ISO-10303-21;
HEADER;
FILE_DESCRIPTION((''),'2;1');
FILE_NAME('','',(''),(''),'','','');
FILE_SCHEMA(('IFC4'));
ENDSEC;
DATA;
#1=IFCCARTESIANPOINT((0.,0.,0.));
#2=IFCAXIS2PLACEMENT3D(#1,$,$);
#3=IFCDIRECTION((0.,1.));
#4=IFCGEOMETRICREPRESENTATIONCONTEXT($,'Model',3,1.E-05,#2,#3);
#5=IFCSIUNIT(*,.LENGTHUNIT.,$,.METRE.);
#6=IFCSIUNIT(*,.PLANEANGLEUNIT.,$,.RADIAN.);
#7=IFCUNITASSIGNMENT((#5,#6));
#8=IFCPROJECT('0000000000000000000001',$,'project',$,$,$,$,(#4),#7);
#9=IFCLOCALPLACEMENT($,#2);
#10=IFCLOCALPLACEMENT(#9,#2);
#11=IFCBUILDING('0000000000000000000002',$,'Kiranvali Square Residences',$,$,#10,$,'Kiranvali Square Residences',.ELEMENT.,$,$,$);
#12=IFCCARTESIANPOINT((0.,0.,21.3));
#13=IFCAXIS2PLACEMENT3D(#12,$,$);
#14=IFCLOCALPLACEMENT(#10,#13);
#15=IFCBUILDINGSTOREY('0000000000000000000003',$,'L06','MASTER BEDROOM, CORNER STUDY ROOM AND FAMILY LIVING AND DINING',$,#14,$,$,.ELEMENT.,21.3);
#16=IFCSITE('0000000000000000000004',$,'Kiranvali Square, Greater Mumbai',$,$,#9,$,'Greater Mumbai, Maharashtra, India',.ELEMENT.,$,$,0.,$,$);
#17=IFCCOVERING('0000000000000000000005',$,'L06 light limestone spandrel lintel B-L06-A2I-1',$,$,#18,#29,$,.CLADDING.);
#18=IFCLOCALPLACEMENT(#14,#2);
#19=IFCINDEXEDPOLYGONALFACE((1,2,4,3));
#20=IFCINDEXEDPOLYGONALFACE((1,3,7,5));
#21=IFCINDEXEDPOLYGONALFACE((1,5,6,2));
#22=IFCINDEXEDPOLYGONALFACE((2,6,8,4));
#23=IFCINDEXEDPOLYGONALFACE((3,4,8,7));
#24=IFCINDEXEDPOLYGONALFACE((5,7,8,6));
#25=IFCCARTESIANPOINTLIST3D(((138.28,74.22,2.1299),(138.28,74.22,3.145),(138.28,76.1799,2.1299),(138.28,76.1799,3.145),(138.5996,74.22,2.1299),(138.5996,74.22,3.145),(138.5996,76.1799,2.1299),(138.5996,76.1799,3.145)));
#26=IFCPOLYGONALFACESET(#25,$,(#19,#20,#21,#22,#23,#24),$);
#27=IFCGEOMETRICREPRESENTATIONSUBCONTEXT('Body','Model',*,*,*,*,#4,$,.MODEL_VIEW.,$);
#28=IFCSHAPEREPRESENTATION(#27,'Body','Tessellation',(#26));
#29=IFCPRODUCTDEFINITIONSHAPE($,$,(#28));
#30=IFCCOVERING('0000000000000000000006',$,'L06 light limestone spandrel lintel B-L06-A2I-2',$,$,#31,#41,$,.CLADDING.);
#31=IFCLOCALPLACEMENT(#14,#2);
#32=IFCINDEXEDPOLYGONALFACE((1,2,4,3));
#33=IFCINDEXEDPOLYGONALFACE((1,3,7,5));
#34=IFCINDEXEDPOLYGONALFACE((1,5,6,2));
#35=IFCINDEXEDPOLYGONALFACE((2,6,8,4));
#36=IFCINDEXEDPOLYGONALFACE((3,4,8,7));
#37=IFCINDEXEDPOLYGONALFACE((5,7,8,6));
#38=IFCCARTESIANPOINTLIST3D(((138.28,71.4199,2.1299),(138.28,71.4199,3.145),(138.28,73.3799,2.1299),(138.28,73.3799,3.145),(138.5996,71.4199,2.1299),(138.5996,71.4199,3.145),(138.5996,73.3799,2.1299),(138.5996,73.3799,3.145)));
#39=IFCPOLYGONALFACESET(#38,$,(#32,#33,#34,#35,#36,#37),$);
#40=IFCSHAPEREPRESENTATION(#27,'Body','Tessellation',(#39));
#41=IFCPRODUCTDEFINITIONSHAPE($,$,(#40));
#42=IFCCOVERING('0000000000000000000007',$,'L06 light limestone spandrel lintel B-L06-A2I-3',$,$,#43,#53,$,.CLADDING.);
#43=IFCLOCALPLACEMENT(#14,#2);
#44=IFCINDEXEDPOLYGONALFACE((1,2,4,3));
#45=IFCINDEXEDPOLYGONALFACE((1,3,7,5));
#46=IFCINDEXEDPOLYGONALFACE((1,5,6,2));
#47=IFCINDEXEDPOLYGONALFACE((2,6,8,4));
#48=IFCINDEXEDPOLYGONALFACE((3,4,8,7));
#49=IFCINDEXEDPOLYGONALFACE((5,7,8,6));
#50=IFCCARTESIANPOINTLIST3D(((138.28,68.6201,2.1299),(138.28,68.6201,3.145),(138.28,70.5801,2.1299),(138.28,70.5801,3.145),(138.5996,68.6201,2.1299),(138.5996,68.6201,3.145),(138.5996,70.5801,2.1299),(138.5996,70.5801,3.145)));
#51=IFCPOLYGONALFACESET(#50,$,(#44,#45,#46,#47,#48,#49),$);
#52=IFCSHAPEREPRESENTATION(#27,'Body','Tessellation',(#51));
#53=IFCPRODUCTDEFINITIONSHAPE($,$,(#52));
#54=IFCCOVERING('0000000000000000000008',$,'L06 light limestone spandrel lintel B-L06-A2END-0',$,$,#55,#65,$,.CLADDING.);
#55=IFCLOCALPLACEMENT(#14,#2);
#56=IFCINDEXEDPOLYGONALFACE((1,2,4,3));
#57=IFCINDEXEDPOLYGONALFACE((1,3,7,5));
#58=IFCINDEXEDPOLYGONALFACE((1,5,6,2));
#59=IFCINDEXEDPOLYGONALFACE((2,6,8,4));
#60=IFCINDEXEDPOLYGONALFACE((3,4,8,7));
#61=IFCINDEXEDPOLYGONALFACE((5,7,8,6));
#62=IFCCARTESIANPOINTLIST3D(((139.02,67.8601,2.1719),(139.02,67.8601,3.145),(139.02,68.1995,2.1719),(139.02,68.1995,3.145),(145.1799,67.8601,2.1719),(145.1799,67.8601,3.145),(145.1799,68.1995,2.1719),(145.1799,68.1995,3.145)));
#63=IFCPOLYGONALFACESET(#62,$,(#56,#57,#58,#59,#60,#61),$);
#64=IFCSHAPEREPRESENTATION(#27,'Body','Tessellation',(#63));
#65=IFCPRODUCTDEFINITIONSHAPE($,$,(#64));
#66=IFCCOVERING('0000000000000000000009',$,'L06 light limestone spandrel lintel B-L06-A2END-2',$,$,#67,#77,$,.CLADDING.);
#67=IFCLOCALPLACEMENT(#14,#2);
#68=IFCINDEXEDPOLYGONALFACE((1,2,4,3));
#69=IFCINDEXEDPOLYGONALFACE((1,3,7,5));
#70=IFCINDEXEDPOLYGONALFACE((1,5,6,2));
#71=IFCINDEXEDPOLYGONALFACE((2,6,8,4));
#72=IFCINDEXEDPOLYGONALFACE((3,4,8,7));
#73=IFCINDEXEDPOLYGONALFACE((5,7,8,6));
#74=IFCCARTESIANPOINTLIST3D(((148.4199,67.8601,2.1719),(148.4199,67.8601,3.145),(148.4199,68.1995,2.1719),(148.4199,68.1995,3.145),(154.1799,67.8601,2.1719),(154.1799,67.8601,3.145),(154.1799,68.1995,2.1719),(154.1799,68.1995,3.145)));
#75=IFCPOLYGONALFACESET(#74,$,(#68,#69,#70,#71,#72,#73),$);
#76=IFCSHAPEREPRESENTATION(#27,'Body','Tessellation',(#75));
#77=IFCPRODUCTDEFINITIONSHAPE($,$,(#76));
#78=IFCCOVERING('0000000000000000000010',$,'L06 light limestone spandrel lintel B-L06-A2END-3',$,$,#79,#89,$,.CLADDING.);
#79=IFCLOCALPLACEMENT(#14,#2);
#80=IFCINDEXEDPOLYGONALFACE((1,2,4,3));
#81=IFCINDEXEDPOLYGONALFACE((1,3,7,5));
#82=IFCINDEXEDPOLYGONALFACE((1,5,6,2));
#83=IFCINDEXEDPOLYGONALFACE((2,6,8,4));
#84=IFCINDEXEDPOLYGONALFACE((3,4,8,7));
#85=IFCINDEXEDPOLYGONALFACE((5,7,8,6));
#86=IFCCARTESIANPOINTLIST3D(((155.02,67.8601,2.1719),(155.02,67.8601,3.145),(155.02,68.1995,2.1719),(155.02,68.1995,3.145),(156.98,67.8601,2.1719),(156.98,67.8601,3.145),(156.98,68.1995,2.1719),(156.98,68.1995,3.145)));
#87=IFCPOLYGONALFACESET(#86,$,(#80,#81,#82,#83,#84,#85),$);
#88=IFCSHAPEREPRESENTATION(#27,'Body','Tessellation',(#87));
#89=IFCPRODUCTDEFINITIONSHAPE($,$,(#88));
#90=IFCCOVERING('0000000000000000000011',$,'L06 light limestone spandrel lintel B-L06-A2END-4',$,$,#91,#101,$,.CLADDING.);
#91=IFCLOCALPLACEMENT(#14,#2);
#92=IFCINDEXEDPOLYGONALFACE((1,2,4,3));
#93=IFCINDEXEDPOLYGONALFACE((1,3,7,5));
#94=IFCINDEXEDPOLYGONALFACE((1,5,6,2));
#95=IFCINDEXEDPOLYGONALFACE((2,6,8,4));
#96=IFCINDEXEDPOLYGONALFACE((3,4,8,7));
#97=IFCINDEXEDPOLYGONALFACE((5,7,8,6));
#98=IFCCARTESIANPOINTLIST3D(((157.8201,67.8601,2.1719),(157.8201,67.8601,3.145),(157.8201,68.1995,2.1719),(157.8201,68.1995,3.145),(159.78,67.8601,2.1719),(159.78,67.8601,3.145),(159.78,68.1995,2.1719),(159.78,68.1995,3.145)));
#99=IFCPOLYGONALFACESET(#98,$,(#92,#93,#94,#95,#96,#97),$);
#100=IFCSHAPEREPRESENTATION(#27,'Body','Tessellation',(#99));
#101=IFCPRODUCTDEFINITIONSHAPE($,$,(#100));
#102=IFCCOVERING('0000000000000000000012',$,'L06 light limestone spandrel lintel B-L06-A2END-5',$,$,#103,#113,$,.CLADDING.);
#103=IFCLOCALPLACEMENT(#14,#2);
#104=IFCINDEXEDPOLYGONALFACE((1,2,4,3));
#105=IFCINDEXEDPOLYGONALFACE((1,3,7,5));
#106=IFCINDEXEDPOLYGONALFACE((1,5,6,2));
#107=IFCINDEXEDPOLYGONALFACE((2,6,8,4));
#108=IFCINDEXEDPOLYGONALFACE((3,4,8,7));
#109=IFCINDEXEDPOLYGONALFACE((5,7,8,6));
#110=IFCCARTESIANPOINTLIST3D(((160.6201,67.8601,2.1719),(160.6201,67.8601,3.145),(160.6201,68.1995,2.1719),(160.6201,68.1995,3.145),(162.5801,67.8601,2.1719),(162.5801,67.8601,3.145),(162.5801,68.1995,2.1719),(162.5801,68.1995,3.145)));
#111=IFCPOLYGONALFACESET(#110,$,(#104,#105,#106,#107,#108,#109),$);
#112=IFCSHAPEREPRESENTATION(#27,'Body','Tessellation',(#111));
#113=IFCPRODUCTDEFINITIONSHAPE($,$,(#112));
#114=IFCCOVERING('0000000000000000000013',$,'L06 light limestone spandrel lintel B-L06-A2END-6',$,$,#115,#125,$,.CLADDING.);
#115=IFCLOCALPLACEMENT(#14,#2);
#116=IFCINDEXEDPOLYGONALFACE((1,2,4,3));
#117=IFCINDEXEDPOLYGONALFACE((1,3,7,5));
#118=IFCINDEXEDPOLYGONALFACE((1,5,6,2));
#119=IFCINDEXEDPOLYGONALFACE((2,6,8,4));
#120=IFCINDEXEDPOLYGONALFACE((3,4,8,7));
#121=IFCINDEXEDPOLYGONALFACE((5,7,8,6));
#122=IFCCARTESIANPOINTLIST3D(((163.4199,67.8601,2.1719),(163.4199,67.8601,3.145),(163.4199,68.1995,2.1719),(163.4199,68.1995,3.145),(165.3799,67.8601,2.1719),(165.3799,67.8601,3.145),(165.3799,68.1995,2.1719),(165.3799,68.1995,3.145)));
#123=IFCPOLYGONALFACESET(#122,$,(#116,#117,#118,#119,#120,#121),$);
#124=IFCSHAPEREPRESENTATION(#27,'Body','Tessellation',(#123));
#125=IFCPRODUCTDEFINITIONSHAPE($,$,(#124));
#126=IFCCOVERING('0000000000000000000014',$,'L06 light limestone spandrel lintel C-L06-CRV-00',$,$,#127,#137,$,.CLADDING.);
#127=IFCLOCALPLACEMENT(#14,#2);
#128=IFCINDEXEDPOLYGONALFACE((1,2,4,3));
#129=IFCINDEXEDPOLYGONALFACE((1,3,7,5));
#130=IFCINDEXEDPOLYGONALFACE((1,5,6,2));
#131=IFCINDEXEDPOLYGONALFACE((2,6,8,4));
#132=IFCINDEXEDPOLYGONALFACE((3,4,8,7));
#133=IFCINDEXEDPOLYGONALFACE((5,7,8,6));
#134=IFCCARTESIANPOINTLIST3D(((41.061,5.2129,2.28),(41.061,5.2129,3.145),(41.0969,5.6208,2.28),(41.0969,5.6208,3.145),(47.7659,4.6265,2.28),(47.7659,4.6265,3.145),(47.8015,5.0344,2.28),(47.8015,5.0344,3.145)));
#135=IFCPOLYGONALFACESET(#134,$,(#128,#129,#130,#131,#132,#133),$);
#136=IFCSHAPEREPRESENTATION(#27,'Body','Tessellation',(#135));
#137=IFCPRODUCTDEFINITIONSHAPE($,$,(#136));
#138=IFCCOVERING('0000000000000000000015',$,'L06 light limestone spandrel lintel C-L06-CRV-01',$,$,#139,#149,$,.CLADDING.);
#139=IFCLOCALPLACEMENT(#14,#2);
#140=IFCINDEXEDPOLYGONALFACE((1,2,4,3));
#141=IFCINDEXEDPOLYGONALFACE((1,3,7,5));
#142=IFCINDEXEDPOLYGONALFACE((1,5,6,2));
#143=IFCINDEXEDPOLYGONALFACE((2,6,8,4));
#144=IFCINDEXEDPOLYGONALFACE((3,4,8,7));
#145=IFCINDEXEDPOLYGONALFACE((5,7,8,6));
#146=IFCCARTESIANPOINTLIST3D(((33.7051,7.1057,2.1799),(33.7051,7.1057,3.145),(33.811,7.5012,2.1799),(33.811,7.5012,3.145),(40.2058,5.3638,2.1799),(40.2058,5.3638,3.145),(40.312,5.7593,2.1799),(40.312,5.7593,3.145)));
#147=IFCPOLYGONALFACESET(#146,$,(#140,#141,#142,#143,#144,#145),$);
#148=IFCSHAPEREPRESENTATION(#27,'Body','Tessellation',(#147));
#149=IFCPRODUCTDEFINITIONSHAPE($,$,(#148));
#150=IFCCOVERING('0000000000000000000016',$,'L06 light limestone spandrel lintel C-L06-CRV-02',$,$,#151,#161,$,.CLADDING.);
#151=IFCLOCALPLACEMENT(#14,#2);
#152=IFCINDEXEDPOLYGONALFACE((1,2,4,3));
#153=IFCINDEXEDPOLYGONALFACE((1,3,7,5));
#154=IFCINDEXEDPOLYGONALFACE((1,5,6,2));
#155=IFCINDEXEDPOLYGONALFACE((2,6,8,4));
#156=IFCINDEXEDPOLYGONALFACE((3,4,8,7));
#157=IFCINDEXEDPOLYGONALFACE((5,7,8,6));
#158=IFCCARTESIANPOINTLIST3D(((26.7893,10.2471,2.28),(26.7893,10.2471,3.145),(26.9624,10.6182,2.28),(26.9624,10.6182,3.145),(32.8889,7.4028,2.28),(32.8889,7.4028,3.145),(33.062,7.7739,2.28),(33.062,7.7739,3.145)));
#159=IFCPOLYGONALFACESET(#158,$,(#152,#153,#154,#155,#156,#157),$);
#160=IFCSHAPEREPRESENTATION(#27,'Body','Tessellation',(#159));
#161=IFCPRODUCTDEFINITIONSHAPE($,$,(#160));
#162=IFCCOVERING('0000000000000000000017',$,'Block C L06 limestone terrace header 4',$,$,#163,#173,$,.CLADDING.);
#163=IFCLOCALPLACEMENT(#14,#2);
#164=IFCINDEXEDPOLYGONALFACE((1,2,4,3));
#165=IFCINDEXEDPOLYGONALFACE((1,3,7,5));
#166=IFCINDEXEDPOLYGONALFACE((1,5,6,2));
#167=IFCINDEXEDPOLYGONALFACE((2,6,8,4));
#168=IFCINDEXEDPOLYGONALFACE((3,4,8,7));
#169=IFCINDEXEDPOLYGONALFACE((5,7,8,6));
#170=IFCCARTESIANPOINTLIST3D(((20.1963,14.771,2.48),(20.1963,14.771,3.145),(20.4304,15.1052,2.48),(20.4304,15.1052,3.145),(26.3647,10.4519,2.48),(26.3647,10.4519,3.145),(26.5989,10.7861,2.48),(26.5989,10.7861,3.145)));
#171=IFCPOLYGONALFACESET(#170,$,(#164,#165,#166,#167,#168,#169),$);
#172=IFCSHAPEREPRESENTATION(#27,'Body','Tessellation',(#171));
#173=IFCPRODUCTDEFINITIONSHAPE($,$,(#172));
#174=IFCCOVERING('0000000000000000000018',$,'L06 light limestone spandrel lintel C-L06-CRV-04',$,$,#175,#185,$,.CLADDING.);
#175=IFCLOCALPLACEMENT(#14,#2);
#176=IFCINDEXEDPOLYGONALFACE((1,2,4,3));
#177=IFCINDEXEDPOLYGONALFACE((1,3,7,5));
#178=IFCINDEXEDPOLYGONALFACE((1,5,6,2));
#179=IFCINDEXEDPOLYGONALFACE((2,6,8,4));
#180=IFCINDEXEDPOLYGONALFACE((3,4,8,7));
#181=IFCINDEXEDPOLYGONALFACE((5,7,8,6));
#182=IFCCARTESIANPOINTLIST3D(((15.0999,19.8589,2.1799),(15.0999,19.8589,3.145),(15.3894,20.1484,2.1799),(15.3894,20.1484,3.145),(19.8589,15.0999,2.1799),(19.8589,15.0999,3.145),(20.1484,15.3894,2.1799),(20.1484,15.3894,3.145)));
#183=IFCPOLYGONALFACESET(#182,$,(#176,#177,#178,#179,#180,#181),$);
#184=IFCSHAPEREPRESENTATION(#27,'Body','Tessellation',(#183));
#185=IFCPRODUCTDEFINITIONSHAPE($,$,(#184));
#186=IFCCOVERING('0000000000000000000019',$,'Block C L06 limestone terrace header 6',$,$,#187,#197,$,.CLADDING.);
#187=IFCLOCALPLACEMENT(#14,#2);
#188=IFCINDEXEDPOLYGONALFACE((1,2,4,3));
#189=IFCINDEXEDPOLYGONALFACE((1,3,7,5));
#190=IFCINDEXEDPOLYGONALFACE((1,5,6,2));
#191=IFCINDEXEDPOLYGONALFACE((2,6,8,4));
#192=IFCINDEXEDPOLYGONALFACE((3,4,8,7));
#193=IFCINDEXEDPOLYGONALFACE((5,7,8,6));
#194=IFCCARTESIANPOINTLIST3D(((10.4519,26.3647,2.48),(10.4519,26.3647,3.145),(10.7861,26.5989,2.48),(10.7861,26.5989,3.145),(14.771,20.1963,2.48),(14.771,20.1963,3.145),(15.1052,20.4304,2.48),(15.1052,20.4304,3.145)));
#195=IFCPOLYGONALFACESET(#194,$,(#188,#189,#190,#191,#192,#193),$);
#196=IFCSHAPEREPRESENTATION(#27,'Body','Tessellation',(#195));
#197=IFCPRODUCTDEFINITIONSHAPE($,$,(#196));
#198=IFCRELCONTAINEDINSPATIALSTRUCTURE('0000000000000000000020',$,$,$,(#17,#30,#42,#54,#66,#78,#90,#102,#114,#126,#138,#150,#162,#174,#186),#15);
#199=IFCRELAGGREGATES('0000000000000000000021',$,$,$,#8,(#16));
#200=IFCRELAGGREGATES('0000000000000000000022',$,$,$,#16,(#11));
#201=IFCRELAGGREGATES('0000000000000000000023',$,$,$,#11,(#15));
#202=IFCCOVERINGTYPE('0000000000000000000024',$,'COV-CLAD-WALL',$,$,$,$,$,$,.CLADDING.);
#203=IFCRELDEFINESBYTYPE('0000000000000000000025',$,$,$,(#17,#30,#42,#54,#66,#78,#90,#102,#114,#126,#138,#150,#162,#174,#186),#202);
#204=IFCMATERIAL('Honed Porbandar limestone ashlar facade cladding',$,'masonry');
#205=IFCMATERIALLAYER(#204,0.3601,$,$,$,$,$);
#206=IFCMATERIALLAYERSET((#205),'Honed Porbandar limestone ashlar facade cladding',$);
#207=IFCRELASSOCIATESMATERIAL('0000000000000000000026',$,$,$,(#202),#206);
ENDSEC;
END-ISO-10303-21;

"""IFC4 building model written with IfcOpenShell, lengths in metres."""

from ifc_helpers import new_model, si_unit, direction, frame, origin, place, context, subcontext, project, spatial, polyline, outline, extrude, material, layer, layer_set, type_object, element, save


model = new_model("IFC4")

# Units and contexts
model_context = context("Model", 3, precision=1e-05, world=origin(), true_north=direction((0.0, 1.0)))
body_context = subcontext(model_context, "Body", "Model", "MODEL_VIEW")
ifc_project = project(units=[si_unit("LENGTHUNIT", "METRE"), si_unit("PLANEANGLEUNIT", "RADIAN")], contexts=[model_context])

# Site, building, storey
site_placement = place(None, origin())
site = spatial("IfcSite", under=ifc_project, at=site_placement, Name="Kiranvali Square, Greater Mumbai", LongName="Greater Mumbai, Maharashtra, India", CompositionType="ELEMENT", RefElevation=0.0)
building_placement = place(site_placement, origin())
building = spatial("IfcBuilding", under=site, at=building_placement, Name="Kiranvali Square Residences", LongName="Kiranvali Square Residences", CompositionType="ELEMENT")
storey_placement = place(building_placement, frame((0.0, 0.0, 21.3)))
storey = spatial("IfcBuildingStorey", under=building, at=storey_placement, Name="L06", Description="MASTER BEDROOM, CORNER STUDY ROOM AND FAMILY LIVING AND DINING", CompositionType="ELEMENT", Elevation=21.3)

# Coverings
ifc_material = material(Name="Honed Porbandar limestone ashlar facade cladding", Category="masonry")
ifc_layer = layer(ifc_material, 0.3601)
ifc_layer_set = layer_set([ifc_layer], Name="Honed Porbandar limestone ashlar facade cladding")
covering_type = type_object("IfcCoveringType", Name="COV-CLAD-WALL", PredefinedType="CLADDING", material=ifc_layer_set)
covering_1_placement = place(storey_placement, frame((0.0, 0.0, 2.1299)))
element("IfcCovering", 1, at=covering_1_placement, inside=storey, type_object=covering_type, Name="L06 light limestone spandrel lintel B-L06-A2I-1", PredefinedType="CLADDING", context=body_context, shape_type="SweptSolid", body=[
    extrude(outline(polyline([(138.28, 76.1799), (138.28, 74.22), (138.5996, 74.22), (138.5996, 76.1799), (138.28, 76.1799)])), origin(), (0.0, 0.0, 1.0), 1.0151),
])
covering_2_placement = place(storey_placement, frame((0.0, 0.0, 2.1299)))
element("IfcCovering", 2, at=covering_2_placement, inside=storey, type_object=covering_type, Name="L06 light limestone spandrel lintel B-L06-A2I-2", PredefinedType="CLADDING", context=body_context, shape_type="SweptSolid", body=[
    extrude(outline(polyline([(138.28, 73.3799), (138.28, 71.4199), (138.5996, 71.4199), (138.5996, 73.3799), (138.28, 73.3799)])), origin(), (0.0, 0.0, 1.0), 1.0151),
])
covering_3_placement = place(storey_placement, frame((0.0, 0.0, 2.1299)))
element("IfcCovering", 3, at=covering_3_placement, inside=storey, type_object=covering_type, Name="L06 light limestone spandrel lintel B-L06-A2I-3", PredefinedType="CLADDING", context=body_context, shape_type="SweptSolid", body=[
    extrude(outline(polyline([(138.28, 70.5801), (138.28, 68.6201), (138.5996, 68.6201), (138.5996, 70.5801), (138.28, 70.5801)])), origin(), (0.0, 0.0, 1.0), 1.0151),
])
covering_4_placement = place(storey_placement, frame((0.0, 0.0, 2.1719)))
element("IfcCovering", 4, at=covering_4_placement, inside=storey, type_object=covering_type, Name="L06 light limestone spandrel lintel B-L06-A2END-0", PredefinedType="CLADDING", context=body_context, shape_type="SweptSolid", body=[
    extrude(outline(polyline([(139.02, 67.8601), (145.1799, 67.8601), (145.1799, 68.1995), (139.02, 68.1995), (139.02, 67.8601)])), origin(), (0.0, 0.0, 1.0), 0.9731),
])
covering_5_placement = place(storey_placement, frame((0.0, 0.0, 2.1719)))
element("IfcCovering", 5, at=covering_5_placement, inside=storey, type_object=covering_type, Name="L06 light limestone spandrel lintel B-L06-A2END-2", PredefinedType="CLADDING", context=body_context, shape_type="SweptSolid", body=[
    extrude(outline(polyline([(148.4199, 67.8601), (154.1799, 67.8601), (154.1799, 68.1995), (148.4199, 68.1995), (148.4199, 67.8601)])), origin(), (0.0, 0.0, 1.0), 0.9731),
])
covering_6_placement = place(storey_placement, frame((0.0, 0.0, 2.1719)))
element("IfcCovering", 6, at=covering_6_placement, inside=storey, type_object=covering_type, Name="L06 light limestone spandrel lintel B-L06-A2END-3", PredefinedType="CLADDING", context=body_context, shape_type="SweptSolid", body=[
    extrude(outline(polyline([(155.02, 67.8601), (156.98, 67.8601), (156.98, 68.1995), (155.02, 68.1995), (155.02, 67.8601)])), origin(), (0.0, 0.0, 1.0), 0.9731),
])
covering_7_placement = place(storey_placement, frame((0.0, 0.0, 2.1719)))
element("IfcCovering", 7, at=covering_7_placement, inside=storey, type_object=covering_type, Name="L06 light limestone spandrel lintel B-L06-A2END-4", PredefinedType="CLADDING", context=body_context, shape_type="SweptSolid", body=[
    extrude(outline(polyline([(157.8201, 67.8601), (159.78, 67.8601), (159.78, 68.1995), (157.8201, 68.1995), (157.8201, 67.8601)])), origin(), (0.0, 0.0, 1.0), 0.9731),
])
covering_8_placement = place(storey_placement, frame((0.0, 0.0, 2.1719)))
element("IfcCovering", 8, at=covering_8_placement, inside=storey, type_object=covering_type, Name="L06 light limestone spandrel lintel B-L06-A2END-5", PredefinedType="CLADDING", context=body_context, shape_type="SweptSolid", body=[
    extrude(outline(polyline([(160.6201, 67.8601), (162.5801, 67.8601), (162.5801, 68.1995), (160.6201, 68.1995), (160.6201, 67.8601)])), origin(), (0.0, 0.0, 1.0), 0.9731),
])
covering_9_placement = place(storey_placement, frame((0.0, 0.0, 2.1719)))
element("IfcCovering", 9, at=covering_9_placement, inside=storey, type_object=covering_type, Name="L06 light limestone spandrel lintel B-L06-A2END-6", PredefinedType="CLADDING", context=body_context, shape_type="SweptSolid", body=[
    extrude(outline(polyline([(163.4199, 67.8601), (165.3799, 67.8601), (165.3799, 68.1995), (163.4199, 68.1995), (163.4199, 67.8601)])), origin(), (0.0, 0.0, 1.0), 0.9731),
])
covering_10_placement = place(storey_placement, frame((0.0, 0.0, 2.28)))
element("IfcCovering", 10, at=covering_10_placement, inside=storey, type_object=covering_type, Name="L06 light limestone spandrel lintel C-L06-CRV-00", PredefinedType="CLADDING", context=body_context, shape_type="SweptSolid", body=[
    extrude(outline(polyline([(47.8015, 5.0344), (41.0969, 5.6208), (41.061, 5.2129), (47.7659, 4.6265), (47.8015, 5.0344)])), origin(), (0.0, 0.0, 1.0), 0.865),
])
covering_11_placement = place(storey_placement, frame((0.0, 0.0, 2.1799)))
element("IfcCovering", 11, at=covering_11_placement, inside=storey, type_object=covering_type, Name="L06 light limestone spandrel lintel C-L06-CRV-01", PredefinedType="CLADDING", context=body_context, shape_type="SweptSolid", body=[
    extrude(outline(polyline([(40.312, 5.7593), (33.811, 7.5012), (33.7051, 7.1057), (40.2058, 5.3638), (40.312, 5.7593)])), origin(), (0.0, 0.0, 1.0), 0.9651),
])
covering_12_placement = place(storey_placement, frame((0.0, 0.0, 2.28)))
element("IfcCovering", 12, at=covering_12_placement, inside=storey, type_object=covering_type, Name="L06 light limestone spandrel lintel C-L06-CRV-02", PredefinedType="CLADDING", context=body_context, shape_type="SweptSolid", body=[
    extrude(outline(polyline([(33.062, 7.7739), (26.9624, 10.6182), (26.7893, 10.2471), (32.8889, 7.4028), (33.062, 7.7739)])), origin(), (0.0, 0.0, 1.0), 0.865),
])
covering_13_placement = place(storey_placement, frame((0.0, 0.0, 2.48)))
element("IfcCovering", 13, at=covering_13_placement, inside=storey, type_object=covering_type, Name="Block C L06 limestone terrace header 4", PredefinedType="CLADDING", context=body_context, shape_type="SweptSolid", body=[
    extrude(outline(polyline([(26.5989, 10.7861), (20.4304, 15.1052), (20.1963, 14.771), (26.3647, 10.4519), (26.5989, 10.7861)])), origin(), (0.0, 0.0, 1.0), 0.665),
])
covering_14_placement = place(storey_placement, frame((0.0, 0.0, 2.1799)))
element("IfcCovering", 14, at=covering_14_placement, inside=storey, type_object=covering_type, Name="L06 light limestone spandrel lintel C-L06-CRV-04", PredefinedType="CLADDING", context=body_context, shape_type="SweptSolid", body=[
    extrude(outline(polyline([(20.1484, 15.3894), (15.3894, 20.1484), (15.0999, 19.8589), (19.8589, 15.0999), (20.1484, 15.3894)])), origin(), (0.0, 0.0, 1.0), 0.9651),
])
covering_15_placement = place(storey_placement, frame((0.0, 0.0, 2.48)))
element("IfcCovering", 15, at=covering_15_placement, inside=storey, type_object=covering_type, Name="Block C L06 limestone terrace header 6", PredefinedType="CLADDING", context=body_context, shape_type="SweptSolid", body=[
    extrude(outline(polyline([(15.1052, 20.4304), (10.7861, 26.5989), (10.4519, 26.3647), (14.771, 20.1963), (15.1052, 20.4304)])), origin(), (0.0, 0.0, 1.0), 0.665),
])

save(model, "model.ifc")
